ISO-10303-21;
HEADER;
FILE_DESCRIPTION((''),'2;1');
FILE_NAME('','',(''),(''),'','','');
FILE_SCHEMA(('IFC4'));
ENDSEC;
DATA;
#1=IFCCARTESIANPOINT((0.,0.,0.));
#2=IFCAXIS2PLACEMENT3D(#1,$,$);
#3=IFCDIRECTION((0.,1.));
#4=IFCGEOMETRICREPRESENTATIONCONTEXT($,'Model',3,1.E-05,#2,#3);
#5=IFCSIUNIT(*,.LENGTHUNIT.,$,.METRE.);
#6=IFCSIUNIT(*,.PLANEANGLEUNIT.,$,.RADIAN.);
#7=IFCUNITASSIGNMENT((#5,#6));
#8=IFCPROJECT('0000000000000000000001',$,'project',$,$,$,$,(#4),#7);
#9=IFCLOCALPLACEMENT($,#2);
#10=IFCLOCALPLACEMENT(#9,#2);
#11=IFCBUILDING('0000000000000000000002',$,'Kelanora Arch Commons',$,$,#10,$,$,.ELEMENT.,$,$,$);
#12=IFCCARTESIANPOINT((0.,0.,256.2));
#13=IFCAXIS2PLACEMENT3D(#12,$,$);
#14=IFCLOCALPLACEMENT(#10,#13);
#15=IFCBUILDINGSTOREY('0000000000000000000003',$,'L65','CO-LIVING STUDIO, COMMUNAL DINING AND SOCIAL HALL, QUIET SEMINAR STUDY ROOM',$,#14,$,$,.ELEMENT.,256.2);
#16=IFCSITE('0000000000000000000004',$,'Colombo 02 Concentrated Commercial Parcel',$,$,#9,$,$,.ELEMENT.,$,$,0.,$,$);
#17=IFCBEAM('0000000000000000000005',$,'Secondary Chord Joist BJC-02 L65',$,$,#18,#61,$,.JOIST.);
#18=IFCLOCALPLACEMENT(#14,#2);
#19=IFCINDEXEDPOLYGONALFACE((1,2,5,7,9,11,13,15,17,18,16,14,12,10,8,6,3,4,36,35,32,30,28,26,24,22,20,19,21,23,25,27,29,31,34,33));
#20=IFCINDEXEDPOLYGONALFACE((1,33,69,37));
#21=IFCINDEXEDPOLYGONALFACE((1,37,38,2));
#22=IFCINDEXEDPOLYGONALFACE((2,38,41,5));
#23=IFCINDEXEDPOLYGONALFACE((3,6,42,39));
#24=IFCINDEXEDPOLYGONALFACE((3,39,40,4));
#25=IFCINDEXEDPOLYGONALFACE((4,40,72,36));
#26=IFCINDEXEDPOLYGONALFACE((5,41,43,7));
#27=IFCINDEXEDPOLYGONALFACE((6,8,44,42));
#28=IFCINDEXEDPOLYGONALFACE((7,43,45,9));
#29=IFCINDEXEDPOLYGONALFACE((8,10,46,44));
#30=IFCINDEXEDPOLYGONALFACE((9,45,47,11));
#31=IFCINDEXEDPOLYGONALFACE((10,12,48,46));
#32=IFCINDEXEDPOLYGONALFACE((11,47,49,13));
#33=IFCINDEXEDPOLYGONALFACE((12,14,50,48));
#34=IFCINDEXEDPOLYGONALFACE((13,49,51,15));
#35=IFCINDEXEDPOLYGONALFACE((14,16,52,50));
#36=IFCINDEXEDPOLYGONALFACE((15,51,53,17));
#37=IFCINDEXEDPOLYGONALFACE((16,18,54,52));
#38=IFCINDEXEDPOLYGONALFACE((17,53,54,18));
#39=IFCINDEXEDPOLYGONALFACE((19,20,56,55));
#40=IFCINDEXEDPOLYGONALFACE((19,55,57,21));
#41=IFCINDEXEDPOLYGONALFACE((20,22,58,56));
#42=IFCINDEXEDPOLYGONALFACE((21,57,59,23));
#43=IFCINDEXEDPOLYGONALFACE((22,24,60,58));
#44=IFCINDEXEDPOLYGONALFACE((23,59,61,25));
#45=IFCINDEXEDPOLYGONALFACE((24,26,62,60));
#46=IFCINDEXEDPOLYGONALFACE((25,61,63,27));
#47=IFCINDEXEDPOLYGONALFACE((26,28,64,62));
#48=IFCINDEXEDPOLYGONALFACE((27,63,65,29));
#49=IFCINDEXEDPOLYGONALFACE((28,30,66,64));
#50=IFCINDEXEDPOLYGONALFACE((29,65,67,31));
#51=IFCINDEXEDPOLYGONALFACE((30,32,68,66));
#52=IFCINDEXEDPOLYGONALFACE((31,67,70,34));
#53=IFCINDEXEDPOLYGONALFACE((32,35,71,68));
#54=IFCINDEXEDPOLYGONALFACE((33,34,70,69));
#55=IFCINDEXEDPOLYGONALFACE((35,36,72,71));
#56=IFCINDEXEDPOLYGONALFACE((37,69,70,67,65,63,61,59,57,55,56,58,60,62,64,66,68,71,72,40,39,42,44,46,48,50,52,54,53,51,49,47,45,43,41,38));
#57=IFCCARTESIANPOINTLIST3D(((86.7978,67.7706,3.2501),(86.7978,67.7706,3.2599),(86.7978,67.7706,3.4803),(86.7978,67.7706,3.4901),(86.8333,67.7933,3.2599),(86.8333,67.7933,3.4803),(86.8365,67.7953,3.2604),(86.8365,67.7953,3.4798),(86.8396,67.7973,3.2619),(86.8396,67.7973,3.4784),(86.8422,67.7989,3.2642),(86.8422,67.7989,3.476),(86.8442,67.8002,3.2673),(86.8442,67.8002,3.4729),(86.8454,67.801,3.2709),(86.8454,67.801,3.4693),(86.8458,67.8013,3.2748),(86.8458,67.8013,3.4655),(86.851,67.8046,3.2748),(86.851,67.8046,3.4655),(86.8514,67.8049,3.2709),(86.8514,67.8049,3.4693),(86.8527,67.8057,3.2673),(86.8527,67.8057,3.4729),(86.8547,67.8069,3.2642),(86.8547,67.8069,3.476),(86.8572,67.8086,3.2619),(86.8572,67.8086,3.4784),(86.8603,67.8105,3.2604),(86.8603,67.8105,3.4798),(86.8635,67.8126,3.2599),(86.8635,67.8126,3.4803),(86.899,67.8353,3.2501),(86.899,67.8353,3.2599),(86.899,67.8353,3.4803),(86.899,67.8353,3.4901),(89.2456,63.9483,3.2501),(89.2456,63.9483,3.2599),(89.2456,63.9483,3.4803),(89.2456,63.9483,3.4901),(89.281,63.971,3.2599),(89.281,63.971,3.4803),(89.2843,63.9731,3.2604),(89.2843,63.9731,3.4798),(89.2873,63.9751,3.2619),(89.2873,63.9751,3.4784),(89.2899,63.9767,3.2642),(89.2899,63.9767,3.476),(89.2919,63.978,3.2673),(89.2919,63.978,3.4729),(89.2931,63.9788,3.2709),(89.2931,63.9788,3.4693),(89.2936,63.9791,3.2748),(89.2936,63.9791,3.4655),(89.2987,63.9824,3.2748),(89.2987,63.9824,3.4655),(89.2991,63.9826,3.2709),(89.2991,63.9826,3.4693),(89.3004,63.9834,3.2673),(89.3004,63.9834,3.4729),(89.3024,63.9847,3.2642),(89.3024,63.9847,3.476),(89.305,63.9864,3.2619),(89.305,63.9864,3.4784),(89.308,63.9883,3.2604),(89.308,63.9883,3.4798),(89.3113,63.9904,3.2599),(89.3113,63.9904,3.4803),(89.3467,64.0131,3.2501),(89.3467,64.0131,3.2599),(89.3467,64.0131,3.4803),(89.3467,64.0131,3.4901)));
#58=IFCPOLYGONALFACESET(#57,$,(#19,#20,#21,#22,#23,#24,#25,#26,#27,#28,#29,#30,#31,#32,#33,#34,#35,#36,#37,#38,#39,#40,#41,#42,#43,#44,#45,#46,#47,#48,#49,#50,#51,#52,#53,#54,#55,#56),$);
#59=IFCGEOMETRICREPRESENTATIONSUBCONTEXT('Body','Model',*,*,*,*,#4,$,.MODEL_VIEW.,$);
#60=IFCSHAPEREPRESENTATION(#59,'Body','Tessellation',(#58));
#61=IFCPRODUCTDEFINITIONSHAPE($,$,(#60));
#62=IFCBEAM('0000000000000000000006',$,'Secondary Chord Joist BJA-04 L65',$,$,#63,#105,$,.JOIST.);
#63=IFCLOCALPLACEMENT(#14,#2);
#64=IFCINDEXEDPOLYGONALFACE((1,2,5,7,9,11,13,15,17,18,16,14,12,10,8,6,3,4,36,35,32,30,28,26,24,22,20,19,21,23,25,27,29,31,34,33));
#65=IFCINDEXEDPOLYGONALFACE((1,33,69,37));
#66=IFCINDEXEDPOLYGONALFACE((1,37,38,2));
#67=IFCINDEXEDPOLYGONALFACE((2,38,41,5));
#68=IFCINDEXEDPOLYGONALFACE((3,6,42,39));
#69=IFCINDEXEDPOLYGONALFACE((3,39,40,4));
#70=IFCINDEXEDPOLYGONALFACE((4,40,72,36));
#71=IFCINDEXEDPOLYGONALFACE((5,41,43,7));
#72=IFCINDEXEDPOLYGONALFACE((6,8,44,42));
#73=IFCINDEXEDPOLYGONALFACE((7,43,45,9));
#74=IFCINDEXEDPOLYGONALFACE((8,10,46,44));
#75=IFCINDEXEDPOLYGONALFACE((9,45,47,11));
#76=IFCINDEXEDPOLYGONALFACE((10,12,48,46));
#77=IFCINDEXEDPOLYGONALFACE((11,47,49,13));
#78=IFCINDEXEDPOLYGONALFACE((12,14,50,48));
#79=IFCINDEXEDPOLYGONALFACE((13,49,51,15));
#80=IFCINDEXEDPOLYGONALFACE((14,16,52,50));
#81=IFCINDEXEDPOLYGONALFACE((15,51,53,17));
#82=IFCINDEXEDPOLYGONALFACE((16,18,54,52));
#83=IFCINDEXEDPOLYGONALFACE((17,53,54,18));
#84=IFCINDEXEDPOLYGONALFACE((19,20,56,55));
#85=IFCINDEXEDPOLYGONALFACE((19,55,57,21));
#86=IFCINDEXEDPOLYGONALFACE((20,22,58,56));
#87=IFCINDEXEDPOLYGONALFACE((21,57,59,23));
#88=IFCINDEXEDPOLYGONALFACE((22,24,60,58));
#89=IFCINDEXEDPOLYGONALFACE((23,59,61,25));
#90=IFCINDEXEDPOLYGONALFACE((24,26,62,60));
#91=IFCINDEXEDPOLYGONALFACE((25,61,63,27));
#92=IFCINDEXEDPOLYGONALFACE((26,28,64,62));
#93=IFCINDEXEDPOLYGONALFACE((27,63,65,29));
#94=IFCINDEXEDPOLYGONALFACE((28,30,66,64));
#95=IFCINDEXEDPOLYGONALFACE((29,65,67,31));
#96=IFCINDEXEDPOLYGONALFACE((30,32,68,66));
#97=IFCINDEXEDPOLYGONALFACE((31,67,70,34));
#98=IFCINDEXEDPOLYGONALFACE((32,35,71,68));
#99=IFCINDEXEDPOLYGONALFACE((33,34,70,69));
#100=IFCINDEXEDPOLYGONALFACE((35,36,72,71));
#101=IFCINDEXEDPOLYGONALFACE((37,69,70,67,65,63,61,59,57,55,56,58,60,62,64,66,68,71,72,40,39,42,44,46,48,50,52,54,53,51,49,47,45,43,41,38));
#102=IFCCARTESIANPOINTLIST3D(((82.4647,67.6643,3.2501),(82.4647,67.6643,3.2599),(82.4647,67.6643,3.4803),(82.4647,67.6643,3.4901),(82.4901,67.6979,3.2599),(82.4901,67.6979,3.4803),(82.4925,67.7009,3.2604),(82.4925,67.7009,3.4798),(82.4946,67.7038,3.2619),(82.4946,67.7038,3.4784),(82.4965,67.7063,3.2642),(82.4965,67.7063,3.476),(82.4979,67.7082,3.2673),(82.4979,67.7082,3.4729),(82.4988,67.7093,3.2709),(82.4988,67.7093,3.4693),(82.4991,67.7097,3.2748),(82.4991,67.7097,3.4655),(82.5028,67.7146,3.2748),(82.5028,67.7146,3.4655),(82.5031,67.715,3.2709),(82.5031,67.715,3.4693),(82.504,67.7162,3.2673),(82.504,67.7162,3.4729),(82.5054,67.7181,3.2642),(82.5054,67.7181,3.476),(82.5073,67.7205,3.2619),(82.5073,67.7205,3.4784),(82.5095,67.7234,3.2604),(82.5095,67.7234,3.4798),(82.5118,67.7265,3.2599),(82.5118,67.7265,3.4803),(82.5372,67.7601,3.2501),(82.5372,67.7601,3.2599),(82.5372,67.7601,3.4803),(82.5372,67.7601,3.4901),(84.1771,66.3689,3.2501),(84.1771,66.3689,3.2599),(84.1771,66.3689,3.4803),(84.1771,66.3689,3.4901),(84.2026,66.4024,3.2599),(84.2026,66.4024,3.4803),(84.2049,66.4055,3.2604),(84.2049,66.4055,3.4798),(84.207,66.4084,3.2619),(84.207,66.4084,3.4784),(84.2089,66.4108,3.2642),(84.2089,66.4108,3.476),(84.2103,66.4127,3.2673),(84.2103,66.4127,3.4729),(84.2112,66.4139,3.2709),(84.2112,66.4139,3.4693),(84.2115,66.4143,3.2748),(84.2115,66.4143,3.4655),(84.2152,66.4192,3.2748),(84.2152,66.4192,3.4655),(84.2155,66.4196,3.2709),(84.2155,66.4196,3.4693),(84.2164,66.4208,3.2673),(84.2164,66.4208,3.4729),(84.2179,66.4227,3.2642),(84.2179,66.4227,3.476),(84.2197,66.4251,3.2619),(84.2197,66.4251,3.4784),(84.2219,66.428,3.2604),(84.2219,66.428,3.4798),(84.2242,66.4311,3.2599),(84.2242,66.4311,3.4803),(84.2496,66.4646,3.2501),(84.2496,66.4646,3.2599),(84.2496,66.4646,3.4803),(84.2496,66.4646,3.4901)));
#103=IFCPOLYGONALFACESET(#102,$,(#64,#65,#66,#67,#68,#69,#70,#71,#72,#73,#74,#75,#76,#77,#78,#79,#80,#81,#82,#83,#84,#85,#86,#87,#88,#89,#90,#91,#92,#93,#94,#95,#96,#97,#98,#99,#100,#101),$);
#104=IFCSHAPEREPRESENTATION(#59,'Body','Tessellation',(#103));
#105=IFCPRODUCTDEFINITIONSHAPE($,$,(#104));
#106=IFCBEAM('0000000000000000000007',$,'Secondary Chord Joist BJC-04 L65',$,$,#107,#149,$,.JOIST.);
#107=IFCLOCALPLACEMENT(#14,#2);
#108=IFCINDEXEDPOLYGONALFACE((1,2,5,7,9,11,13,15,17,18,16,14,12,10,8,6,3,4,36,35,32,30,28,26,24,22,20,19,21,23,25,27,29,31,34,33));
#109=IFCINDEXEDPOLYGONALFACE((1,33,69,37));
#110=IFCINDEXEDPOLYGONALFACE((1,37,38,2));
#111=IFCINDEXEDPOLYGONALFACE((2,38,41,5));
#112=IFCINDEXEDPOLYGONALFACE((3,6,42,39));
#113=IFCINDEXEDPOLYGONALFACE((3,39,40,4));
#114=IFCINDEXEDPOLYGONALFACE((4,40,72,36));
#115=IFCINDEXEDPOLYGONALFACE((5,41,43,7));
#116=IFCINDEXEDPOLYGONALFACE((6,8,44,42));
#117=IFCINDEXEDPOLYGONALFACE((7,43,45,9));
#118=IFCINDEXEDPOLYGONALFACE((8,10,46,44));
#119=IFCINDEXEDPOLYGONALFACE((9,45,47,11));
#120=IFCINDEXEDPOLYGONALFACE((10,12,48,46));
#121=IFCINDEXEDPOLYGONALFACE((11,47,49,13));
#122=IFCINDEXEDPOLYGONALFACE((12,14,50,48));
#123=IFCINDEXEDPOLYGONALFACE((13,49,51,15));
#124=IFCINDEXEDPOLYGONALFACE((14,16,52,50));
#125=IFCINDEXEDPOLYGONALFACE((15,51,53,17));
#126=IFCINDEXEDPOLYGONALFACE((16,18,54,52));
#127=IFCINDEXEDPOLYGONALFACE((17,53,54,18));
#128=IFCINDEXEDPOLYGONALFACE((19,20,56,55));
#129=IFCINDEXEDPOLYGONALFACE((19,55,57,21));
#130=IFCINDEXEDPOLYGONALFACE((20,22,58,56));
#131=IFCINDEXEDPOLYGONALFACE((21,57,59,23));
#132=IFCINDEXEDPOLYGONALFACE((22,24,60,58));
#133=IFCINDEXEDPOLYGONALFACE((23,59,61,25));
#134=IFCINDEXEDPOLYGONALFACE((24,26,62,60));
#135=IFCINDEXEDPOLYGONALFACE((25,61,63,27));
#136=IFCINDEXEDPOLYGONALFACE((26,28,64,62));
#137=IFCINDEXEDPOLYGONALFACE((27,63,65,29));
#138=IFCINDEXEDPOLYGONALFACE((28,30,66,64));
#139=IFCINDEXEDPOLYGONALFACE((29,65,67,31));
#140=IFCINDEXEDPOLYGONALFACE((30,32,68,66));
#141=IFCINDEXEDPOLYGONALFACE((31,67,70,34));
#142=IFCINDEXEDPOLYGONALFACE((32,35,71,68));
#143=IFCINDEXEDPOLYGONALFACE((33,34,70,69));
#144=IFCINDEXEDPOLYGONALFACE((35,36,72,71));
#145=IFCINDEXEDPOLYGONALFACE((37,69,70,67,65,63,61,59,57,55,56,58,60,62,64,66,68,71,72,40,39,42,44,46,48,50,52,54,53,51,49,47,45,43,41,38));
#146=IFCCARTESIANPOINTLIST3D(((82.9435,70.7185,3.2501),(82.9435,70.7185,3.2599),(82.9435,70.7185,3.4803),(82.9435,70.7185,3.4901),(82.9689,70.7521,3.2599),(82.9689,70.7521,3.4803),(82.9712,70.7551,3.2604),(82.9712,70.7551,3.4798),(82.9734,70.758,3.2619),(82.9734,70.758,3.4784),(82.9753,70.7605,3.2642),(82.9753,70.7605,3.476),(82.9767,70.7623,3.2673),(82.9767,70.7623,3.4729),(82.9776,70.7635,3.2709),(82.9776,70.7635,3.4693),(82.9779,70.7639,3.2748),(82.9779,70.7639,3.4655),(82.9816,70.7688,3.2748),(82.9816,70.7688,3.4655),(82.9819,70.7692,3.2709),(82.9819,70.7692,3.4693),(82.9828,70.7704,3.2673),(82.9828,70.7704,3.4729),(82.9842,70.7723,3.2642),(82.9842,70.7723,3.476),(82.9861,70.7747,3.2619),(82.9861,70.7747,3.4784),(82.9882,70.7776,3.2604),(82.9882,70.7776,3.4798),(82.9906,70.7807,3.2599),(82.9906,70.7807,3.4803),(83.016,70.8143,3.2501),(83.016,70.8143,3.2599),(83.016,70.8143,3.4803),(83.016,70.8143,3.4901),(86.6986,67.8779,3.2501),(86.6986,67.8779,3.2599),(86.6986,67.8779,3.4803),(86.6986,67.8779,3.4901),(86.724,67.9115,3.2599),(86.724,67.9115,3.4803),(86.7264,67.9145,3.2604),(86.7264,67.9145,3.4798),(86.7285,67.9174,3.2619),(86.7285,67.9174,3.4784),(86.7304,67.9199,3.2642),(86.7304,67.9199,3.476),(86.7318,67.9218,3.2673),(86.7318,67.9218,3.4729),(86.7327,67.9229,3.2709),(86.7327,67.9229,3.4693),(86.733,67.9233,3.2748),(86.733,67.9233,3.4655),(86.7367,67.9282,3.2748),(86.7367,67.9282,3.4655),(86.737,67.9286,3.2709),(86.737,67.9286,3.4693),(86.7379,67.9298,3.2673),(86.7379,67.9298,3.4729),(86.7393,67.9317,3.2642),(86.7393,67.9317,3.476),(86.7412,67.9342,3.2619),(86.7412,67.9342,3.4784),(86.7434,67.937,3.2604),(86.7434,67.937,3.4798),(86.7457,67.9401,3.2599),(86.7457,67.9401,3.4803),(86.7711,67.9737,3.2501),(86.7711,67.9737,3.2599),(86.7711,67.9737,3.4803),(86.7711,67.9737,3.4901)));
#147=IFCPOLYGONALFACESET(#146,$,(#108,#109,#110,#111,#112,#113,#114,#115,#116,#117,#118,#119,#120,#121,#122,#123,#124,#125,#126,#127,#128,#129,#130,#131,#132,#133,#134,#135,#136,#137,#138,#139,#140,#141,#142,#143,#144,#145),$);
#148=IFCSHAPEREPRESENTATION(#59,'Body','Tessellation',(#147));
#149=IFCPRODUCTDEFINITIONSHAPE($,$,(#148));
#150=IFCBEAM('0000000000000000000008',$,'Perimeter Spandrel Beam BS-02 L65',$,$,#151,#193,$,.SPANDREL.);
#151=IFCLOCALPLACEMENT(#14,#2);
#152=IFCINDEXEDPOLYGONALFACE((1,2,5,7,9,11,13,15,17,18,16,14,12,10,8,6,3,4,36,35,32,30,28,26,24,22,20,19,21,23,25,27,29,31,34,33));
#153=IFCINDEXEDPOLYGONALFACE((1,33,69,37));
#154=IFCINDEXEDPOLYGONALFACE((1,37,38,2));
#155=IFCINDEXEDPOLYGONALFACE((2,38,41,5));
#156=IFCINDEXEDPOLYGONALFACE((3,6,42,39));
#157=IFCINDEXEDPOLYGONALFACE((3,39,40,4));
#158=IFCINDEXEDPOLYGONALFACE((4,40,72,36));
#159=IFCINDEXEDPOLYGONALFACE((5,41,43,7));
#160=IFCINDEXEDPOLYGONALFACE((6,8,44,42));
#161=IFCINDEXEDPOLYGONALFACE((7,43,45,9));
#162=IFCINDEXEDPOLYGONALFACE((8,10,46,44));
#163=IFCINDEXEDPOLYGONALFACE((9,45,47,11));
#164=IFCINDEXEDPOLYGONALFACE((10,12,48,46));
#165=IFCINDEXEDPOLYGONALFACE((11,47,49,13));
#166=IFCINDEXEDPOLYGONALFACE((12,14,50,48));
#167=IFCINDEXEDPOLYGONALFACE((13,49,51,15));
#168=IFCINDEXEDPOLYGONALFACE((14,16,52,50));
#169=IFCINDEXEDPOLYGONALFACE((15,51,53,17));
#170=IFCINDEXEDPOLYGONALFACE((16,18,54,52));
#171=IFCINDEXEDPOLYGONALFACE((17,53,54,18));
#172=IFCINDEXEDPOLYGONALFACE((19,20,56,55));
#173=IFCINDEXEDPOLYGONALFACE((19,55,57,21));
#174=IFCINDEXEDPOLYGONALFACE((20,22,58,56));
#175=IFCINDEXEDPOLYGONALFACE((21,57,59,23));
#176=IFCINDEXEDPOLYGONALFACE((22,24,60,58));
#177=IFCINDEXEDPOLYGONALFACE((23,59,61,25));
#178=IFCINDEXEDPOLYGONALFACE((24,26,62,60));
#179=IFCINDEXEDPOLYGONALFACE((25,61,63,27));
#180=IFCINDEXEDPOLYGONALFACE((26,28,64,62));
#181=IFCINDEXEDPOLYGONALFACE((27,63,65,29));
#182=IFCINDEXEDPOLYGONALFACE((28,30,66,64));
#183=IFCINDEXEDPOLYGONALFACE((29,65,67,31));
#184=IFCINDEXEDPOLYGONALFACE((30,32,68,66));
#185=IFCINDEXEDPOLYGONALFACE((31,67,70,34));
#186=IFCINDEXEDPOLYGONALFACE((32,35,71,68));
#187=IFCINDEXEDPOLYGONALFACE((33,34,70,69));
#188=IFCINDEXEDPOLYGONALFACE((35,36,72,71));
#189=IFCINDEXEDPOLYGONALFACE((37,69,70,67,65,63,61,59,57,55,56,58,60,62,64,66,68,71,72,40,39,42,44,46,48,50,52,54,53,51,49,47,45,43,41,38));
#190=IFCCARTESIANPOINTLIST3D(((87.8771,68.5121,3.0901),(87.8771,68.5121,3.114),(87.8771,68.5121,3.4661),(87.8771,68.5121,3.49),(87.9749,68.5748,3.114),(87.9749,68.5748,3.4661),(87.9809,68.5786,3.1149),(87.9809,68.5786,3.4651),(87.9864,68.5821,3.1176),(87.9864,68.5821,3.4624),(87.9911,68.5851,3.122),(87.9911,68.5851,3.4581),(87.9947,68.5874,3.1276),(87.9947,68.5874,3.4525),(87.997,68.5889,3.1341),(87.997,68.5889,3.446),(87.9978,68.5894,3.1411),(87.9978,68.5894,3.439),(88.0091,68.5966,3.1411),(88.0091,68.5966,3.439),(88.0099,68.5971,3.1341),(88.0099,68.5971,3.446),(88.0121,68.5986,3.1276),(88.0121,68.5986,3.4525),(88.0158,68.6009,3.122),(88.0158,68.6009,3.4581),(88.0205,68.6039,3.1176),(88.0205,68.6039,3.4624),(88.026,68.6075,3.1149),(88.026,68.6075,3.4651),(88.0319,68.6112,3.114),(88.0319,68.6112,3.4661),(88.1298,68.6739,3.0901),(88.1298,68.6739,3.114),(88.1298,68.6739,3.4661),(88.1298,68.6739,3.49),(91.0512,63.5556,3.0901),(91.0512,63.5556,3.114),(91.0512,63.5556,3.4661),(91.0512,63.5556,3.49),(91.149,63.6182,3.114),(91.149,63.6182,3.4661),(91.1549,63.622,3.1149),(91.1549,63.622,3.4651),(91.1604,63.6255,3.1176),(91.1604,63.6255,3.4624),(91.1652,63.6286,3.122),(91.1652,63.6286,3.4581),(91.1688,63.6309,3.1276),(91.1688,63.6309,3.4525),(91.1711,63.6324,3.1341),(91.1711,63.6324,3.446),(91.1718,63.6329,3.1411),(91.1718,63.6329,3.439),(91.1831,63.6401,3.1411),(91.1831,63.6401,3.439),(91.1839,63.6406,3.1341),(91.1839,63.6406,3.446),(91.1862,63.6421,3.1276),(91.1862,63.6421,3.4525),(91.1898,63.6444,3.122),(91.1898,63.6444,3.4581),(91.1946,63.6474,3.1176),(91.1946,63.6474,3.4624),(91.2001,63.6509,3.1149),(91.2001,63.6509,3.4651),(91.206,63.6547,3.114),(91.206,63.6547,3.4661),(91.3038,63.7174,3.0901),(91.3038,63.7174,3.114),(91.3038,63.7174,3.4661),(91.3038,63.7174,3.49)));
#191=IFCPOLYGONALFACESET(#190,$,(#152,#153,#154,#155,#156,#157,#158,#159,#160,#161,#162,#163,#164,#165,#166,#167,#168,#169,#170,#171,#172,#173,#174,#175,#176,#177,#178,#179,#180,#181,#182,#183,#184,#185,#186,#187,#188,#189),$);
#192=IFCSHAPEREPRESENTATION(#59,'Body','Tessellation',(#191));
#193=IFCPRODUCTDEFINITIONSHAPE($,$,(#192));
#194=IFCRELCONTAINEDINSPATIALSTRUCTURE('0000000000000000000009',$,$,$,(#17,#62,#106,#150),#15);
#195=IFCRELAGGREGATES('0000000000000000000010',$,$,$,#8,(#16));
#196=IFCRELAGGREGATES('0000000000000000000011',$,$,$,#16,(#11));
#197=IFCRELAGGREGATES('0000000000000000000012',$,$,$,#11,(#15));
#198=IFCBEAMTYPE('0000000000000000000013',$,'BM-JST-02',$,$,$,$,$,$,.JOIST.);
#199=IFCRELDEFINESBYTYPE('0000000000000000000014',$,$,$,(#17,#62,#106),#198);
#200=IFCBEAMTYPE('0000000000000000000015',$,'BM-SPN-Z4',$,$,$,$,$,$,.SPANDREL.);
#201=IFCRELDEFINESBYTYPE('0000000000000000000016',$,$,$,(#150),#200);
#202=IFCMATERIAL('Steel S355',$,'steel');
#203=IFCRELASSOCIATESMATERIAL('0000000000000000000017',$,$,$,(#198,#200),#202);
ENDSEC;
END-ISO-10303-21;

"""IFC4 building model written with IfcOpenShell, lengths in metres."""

from ifc_helpers import new_model, si_unit, direction, frame, origin, origin_2d, place, context, subcontext, project, spatial, i_section, extrude, material, material_profile, profile_set, type_object, element, save


model = new_model("IFC4")

# Units and contexts
model_context = context("Model", 3, precision=1e-05, world=origin(), true_north=direction((0.0, 1.0)))
body_context = subcontext(model_context, "Body", "Model", "MODEL_VIEW")
ifc_project = project(units=[si_unit("LENGTHUNIT", "METRE"), si_unit("PLANEANGLEUNIT", "RADIAN")], contexts=[model_context])

# Site, building, storey
site_placement = place(None, origin())
site = spatial("IfcSite", under=ifc_project, at=site_placement, Name="Colombo 02 Concentrated Commercial Parcel", CompositionType="ELEMENT", RefElevation=0.0)
building_placement = place(site_placement, origin())
building = spatial("IfcBuilding", under=site, at=building_placement, Name="Kelanora Arch Commons", CompositionType="ELEMENT")
storey_placement = place(building_placement, frame((0.0, 0.0, 256.2)))
storey = spatial("IfcBuildingStorey", under=building, at=storey_placement, Name="L65", Description="CO-LIVING STUDIO, COMMUNAL DINING AND SOCIAL HALL, QUIET SEMINAR STUDY ROOM", CompositionType="ELEMENT", Elevation=256.2)

# Beams
ifc_material_1 = material(Name="Steel S355", Category="steel")
ifc_material_profile_1 = material_profile(ifc_material_1, i_section(OverallWidth=0.1201, OverallDepth=0.24, WebThickness=0.0061, FlangeThickness=0.0098, FilletRadius=0.0149, at=origin_2d()), Name="IPE240")
ifc_profile_set_1 = profile_set([ifc_material_profile_1], Name="Steel S355")
beam_type_1 = type_object("IfcBeamType", Name="BM-JST-02", PredefinedType="JOIST", material=ifc_profile_set_1)
beam_1_placement = place(storey_placement, frame((89.2961, 63.9807, 3.3701), z_axis=(-0.539289, 0.842121, 0.0), x_axis=(-0.842121, -0.539289, 0.0)))
element("IfcBeam", 1, at=beam_1_placement, inside=storey, type_object=beam_type_1, Name="Secondary Chord Joist BJC-02 L65", PredefinedType="JOIST", context=body_context, shape_type="SweptSolid", body=[
    extrude(i_section(OverallWidth=0.1201, OverallDepth=0.24, WebThickness=0.0061, FlangeThickness=0.0098, FilletRadius=0.0149, at=origin_2d()), origin(), (0.0, 0.0, 1.0), 4.5388),
])
beam_2_placement = place(storey_placement, frame((84.2134, 66.4167, 3.3701), z_axis=(-0.79751, 0.603306, 0.0), x_axis=(-0.603306, -0.79751, 0.0)))
element("IfcBeam", 2, at=beam_2_placement, inside=storey, type_object=beam_type_1, Name="Secondary Chord Joist BJA-04 L65", PredefinedType="JOIST", context=body_context, shape_type="SweptSolid", body=[
    extrude(i_section(OverallWidth=0.1201, OverallDepth=0.24, WebThickness=0.0061, FlangeThickness=0.0098, FilletRadius=0.0149, at=origin_2d()), origin(), (0.0, 0.0, 1.0), 2.1472),
])
beam_3_placement = place(storey_placement, frame((86.7349, 67.9258, 3.3701), z_axis=(-0.797523, 0.603289, 0.0), x_axis=(-0.603289, -0.797523, 0.0)))
element("IfcBeam", 3, at=beam_3_placement, inside=storey, type_object=beam_type_1, Name="Secondary Chord Joist BJC-04 L65", PredefinedType="JOIST", context=body_context, shape_type="SweptSolid", body=[
    extrude(i_section(OverallWidth=0.1201, OverallDepth=0.24, WebThickness=0.0061, FlangeThickness=0.0098, FilletRadius=0.0149, at=origin_2d()), origin(), (0.0, 0.0, 1.0), 4.7085),
])
ifc_material_profile_2 = material_profile(ifc_material_1, i_section(OverallWidth=0.3, OverallDepth=0.3999, WebThickness=0.0134, FlangeThickness=0.0239, FilletRadius=0.0271, at=origin_2d()), Name="HEB400")
ifc_profile_set_2 = profile_set([ifc_material_profile_2], Name="Steel S355")
beam_type_2 = type_object("IfcBeamType", Name="BM-SPN-Z4", PredefinedType="SPANDREL", material=ifc_profile_set_2)
beam_4_placement = place(storey_placement, frame((91.1775, 63.6365, 3.29), z_axis=(-0.539281, 0.842126, 0.0), x_axis=(-0.842126, -0.539281, 0.0)))
element("IfcBeam", 4, at=beam_4_placement, inside=storey, type_object=beam_type_2, Name="Perimeter Spandrel Beam BS-02 L65", PredefinedType="SPANDREL", context=body_context, shape_type="SweptSolid", body=[
    extrude(i_section(OverallWidth=0.3, OverallDepth=0.3999, WebThickness=0.0134, FlangeThickness=0.0239, FilletRadius=0.0271, at=origin_2d()), origin(), (0.0, 0.0, 1.0), 5.8857),
])

save(model, "model.ifc")
